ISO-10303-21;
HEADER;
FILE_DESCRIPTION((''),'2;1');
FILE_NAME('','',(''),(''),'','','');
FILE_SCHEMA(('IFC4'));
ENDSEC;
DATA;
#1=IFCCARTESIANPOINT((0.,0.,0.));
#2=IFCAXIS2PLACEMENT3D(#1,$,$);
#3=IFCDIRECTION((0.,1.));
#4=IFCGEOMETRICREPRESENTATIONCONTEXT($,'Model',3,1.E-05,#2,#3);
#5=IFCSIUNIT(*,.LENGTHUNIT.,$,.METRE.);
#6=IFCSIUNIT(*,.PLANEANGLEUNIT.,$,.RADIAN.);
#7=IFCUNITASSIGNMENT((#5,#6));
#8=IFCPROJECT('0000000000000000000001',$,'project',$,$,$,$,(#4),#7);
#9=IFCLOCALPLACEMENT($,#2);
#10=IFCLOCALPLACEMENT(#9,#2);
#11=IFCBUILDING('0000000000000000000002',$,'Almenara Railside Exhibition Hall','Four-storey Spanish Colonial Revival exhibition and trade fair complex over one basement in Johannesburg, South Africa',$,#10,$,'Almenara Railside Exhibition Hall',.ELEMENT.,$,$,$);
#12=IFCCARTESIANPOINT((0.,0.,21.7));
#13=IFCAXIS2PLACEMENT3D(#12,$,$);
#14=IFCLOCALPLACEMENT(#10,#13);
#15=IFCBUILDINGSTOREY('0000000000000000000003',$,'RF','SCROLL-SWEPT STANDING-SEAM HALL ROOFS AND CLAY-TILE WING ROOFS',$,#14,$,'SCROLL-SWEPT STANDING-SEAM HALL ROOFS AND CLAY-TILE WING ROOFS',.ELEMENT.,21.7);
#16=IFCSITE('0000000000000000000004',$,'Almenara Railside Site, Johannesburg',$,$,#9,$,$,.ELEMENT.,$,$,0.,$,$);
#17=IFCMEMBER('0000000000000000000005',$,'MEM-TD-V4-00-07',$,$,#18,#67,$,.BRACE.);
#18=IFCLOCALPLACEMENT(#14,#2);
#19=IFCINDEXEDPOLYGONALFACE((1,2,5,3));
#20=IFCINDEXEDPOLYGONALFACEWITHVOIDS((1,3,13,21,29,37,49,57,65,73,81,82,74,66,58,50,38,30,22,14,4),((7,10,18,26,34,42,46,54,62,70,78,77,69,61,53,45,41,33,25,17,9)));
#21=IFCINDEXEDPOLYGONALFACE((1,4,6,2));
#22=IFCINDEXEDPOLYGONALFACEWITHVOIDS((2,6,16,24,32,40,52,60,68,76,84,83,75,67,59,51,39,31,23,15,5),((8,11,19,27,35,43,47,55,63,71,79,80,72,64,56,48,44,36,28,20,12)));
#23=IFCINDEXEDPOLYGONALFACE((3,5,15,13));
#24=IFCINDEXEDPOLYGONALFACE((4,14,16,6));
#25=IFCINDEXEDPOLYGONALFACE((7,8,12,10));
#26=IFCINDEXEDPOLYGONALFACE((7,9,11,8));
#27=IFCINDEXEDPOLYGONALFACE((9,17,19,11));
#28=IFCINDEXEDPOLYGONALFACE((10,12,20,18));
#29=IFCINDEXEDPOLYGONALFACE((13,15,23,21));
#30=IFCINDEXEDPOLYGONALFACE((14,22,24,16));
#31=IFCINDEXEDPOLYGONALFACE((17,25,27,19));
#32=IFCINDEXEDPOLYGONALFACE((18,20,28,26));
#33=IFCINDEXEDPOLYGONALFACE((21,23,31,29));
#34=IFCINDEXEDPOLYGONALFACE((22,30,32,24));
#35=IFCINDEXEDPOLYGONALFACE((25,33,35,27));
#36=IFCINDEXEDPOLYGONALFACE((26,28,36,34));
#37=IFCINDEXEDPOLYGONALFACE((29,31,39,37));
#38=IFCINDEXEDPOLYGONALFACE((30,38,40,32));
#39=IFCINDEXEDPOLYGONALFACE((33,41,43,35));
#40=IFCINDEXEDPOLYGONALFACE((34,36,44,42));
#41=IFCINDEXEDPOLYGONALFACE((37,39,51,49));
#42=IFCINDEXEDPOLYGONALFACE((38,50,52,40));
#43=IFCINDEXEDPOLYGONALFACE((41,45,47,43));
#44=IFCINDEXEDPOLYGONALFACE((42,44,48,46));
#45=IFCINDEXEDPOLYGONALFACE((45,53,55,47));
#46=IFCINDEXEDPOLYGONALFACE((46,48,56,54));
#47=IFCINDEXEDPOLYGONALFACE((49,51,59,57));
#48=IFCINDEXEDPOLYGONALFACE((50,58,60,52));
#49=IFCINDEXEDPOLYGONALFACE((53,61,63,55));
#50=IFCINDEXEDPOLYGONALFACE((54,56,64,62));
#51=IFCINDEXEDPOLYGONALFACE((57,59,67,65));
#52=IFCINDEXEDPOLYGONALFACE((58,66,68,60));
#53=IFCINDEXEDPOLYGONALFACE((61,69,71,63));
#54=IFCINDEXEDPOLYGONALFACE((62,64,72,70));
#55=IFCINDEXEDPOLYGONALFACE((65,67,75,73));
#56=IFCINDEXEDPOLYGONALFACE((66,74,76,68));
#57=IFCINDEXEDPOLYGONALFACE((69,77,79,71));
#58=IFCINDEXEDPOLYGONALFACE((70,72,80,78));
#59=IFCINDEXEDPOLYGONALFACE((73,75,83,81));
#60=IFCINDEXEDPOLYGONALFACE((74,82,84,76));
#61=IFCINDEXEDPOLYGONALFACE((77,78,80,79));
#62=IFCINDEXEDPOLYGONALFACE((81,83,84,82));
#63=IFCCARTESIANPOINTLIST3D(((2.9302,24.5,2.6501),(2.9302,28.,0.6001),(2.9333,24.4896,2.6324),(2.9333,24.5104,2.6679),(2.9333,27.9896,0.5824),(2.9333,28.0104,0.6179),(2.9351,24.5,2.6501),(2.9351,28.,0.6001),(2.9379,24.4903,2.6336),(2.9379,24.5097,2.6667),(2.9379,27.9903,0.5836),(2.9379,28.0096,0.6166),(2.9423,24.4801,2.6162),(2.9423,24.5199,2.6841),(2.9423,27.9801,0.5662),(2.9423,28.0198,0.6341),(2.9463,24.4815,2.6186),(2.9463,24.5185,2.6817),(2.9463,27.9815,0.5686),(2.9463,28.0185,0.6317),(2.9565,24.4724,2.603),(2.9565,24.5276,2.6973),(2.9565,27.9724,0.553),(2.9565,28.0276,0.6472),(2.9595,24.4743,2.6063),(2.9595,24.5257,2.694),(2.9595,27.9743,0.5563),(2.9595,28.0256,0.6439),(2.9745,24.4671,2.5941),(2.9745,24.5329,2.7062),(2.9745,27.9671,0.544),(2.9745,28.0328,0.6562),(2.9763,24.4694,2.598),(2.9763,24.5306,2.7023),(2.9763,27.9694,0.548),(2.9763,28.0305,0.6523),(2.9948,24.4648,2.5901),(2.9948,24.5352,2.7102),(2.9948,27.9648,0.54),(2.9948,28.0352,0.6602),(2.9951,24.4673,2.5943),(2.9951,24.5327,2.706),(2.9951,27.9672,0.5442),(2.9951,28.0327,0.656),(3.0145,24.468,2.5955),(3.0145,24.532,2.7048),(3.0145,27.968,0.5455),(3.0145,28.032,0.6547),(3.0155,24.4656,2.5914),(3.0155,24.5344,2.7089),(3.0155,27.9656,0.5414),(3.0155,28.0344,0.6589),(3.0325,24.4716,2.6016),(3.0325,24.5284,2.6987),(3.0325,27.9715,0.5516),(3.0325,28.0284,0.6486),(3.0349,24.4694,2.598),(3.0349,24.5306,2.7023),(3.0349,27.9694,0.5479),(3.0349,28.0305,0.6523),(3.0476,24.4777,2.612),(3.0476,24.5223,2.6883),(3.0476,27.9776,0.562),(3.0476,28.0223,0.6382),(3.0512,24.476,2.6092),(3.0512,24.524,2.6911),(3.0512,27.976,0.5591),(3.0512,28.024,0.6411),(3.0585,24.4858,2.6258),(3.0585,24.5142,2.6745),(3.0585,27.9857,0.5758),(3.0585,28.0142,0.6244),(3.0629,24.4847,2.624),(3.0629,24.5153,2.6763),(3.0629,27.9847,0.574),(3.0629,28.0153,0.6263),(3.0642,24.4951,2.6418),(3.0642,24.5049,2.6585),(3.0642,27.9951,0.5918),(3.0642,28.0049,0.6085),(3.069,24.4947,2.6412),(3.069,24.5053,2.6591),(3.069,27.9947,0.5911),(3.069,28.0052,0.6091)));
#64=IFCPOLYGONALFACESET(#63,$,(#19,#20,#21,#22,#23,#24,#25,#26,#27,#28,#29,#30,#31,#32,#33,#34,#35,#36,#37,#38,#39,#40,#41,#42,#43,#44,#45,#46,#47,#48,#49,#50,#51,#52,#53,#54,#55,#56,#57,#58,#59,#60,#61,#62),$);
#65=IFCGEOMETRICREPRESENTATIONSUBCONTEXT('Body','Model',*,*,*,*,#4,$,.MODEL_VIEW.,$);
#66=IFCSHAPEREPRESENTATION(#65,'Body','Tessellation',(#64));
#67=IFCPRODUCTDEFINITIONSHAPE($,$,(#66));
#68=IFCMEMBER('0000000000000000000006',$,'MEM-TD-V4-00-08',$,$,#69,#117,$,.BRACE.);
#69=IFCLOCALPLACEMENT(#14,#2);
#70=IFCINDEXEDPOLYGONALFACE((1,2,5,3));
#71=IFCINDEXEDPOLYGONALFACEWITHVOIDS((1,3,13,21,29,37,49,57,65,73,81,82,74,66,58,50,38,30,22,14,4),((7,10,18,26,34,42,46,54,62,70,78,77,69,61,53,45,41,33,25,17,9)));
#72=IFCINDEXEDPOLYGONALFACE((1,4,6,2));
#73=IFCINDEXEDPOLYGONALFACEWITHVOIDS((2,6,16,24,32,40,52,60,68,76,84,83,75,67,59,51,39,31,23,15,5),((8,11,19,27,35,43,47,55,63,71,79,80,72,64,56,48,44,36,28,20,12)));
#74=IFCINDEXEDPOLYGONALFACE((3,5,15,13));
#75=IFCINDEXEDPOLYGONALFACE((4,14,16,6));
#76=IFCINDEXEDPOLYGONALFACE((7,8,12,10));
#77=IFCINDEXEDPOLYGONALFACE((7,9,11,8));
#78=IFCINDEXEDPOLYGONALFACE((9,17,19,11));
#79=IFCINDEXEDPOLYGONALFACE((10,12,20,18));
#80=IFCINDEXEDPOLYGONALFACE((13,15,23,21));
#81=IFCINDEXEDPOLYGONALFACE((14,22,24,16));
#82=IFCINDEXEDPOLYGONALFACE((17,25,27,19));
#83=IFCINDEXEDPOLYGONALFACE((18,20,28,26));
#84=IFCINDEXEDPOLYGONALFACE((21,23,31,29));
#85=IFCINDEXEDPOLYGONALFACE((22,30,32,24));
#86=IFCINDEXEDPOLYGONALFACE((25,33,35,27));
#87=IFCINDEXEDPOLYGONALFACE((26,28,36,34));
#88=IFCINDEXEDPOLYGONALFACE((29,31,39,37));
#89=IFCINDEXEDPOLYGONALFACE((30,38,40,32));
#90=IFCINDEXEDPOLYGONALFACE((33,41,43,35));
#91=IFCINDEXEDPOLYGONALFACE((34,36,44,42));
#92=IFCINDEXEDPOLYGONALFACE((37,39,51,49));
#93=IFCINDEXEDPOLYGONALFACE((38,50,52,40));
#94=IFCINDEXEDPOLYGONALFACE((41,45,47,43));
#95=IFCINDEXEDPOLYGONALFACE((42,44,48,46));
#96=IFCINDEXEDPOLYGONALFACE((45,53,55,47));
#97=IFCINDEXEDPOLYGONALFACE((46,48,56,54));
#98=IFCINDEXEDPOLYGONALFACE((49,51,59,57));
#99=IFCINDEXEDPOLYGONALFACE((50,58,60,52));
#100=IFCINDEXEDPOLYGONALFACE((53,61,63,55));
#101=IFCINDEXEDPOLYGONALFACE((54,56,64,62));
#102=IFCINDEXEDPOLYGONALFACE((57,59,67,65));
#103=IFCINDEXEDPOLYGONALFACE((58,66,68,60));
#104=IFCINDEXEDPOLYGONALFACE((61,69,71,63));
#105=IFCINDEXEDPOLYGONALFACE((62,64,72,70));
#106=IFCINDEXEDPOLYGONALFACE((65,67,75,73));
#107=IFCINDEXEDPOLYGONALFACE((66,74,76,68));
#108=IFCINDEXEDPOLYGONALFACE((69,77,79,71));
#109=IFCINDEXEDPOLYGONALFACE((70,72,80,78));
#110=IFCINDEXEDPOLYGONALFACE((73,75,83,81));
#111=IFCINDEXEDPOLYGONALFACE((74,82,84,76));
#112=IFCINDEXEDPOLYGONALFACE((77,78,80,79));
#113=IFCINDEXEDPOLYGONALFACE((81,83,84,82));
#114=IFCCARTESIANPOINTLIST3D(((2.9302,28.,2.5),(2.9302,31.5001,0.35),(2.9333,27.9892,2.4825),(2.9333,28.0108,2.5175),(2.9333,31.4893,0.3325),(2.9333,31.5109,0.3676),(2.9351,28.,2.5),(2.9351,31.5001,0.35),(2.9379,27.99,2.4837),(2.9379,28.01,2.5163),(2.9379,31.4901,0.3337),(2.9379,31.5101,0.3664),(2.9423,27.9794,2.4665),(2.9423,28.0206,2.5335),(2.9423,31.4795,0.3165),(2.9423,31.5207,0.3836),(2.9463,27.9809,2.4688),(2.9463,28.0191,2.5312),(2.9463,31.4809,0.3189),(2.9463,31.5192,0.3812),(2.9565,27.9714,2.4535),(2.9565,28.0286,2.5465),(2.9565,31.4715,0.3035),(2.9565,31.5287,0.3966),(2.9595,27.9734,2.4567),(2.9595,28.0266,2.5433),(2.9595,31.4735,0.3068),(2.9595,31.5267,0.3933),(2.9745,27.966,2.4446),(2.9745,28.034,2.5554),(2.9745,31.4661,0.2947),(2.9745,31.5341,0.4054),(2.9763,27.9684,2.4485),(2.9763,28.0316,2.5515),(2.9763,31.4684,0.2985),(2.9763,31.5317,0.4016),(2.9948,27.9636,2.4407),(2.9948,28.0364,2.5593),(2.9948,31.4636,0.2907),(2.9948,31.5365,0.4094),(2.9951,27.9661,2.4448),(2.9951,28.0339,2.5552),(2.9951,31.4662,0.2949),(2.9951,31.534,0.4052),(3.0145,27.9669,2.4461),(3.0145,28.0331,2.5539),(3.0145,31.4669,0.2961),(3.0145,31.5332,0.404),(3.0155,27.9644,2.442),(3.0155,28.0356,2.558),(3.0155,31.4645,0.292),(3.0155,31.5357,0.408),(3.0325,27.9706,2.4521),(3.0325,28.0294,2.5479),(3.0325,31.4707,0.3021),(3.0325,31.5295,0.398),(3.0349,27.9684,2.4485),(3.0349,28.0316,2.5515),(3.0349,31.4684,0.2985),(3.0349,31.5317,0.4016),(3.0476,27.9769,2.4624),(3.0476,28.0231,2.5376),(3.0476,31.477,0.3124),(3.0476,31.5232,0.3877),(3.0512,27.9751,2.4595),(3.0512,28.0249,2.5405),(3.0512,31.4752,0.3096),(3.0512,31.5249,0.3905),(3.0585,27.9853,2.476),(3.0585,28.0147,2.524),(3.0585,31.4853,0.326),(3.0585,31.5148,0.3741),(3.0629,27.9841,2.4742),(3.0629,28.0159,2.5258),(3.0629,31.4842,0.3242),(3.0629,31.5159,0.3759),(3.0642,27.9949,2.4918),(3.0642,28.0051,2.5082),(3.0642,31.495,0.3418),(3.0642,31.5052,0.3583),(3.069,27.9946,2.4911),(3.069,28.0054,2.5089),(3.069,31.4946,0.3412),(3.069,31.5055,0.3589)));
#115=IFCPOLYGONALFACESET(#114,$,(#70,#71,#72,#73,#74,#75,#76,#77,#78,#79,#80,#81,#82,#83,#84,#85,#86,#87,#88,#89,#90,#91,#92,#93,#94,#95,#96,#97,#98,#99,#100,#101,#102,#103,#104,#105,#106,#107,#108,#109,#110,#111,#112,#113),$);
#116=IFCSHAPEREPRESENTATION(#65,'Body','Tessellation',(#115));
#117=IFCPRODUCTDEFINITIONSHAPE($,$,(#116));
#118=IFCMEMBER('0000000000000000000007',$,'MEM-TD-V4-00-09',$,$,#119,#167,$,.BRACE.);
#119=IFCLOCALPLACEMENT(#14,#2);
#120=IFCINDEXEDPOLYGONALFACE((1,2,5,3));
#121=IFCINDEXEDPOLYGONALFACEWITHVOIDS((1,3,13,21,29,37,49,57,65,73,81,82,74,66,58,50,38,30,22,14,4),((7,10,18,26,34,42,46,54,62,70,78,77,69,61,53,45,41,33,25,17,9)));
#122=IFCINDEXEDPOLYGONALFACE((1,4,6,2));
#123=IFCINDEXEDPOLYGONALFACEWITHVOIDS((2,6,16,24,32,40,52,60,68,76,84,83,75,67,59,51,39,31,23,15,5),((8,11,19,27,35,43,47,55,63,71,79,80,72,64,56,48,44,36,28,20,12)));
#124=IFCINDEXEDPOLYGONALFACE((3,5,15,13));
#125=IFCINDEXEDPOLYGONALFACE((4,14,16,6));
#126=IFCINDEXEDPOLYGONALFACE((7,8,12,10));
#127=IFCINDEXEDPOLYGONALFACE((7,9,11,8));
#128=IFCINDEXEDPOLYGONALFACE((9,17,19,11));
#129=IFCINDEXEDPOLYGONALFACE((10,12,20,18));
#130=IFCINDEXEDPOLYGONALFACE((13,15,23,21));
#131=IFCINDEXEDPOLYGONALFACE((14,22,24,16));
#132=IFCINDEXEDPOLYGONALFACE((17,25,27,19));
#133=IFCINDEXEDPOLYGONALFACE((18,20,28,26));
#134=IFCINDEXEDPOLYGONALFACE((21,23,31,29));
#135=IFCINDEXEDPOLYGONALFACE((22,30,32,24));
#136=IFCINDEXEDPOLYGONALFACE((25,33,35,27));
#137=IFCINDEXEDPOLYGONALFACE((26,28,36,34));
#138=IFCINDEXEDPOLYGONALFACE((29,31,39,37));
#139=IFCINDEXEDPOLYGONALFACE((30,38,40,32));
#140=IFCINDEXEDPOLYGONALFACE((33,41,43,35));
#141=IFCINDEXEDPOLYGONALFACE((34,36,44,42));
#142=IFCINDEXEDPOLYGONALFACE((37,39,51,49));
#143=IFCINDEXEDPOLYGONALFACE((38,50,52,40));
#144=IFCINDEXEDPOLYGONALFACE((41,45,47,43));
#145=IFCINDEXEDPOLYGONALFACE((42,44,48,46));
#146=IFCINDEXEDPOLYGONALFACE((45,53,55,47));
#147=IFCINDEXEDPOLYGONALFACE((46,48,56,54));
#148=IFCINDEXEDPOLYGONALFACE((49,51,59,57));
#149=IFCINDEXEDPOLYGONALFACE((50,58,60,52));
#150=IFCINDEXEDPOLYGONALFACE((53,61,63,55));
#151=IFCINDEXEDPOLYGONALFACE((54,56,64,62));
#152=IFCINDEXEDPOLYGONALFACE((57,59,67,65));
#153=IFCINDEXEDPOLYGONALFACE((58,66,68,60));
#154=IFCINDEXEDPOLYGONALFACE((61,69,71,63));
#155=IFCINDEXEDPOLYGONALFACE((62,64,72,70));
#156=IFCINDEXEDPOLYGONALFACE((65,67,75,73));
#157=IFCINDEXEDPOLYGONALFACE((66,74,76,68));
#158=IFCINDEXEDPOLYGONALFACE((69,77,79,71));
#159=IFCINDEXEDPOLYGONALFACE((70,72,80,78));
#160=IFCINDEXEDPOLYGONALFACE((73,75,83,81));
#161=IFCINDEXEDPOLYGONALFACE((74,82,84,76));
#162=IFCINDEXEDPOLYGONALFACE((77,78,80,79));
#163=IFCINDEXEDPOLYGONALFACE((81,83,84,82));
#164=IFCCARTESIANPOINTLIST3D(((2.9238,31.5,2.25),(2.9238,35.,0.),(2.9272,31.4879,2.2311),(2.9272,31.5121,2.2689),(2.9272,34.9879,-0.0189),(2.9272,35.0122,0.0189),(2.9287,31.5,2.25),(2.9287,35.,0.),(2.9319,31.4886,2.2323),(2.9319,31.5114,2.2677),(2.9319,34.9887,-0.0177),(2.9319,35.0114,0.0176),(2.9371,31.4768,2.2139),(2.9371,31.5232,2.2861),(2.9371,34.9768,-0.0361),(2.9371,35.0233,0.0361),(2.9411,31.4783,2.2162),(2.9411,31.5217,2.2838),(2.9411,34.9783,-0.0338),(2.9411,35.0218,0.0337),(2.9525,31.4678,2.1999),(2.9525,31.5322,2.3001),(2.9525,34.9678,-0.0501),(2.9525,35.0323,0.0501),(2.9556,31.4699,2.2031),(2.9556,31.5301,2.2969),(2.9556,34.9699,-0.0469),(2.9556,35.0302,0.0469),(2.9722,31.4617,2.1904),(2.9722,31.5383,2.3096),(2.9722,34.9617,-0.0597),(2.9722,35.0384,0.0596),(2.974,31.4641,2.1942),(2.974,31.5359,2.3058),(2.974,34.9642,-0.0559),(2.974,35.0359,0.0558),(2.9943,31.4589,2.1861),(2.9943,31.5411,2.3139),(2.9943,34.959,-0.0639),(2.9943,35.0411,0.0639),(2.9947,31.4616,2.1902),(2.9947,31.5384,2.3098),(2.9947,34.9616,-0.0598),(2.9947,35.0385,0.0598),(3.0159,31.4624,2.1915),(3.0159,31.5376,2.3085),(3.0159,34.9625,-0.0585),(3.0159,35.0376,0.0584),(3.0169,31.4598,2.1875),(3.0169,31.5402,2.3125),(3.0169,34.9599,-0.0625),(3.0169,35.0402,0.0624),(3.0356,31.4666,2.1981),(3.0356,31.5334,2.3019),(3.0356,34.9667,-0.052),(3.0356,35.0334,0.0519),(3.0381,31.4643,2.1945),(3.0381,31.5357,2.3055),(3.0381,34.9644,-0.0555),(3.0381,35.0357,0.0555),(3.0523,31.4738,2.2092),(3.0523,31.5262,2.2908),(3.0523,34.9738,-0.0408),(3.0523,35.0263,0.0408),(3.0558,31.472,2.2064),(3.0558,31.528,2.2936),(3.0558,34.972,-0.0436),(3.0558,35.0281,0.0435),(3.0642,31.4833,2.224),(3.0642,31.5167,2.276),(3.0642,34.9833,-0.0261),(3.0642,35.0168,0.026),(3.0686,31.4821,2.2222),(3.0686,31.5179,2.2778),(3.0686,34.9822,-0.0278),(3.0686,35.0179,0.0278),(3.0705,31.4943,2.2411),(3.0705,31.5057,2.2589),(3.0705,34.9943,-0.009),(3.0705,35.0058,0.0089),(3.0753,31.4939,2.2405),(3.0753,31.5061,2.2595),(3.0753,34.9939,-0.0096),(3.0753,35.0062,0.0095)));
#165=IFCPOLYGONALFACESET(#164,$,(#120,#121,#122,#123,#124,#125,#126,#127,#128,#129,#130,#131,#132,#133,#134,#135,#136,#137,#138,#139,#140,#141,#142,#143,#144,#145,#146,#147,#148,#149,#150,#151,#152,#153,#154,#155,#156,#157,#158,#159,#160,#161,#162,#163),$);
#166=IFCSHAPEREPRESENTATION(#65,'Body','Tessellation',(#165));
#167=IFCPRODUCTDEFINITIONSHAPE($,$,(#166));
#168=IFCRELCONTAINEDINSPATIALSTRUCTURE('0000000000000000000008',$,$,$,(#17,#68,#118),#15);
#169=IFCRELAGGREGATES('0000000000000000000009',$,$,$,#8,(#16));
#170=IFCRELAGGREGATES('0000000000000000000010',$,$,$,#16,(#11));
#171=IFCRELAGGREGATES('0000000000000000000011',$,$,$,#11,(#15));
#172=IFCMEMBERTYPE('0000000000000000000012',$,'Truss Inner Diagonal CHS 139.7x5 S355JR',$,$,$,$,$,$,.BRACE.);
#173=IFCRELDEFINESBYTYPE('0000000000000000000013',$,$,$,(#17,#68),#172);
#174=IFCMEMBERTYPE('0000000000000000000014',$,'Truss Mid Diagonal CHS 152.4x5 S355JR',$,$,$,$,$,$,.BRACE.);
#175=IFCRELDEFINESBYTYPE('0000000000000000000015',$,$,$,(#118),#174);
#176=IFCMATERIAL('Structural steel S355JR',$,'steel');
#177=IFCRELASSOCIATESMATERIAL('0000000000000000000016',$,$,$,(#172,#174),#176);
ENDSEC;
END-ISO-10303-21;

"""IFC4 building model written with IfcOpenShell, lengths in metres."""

from ifc_helpers import new_model, si_unit, direction, frame, origin, origin_2d, place, context, subcontext, project, spatial, hollow_circle, extrude, material, material_profile, profile_set, type_object, element, save


model = new_model("IFC4")

# Units and contexts
model_context = context("Model", 3, precision=1e-05, world=origin(), true_north=direction((0.0, 1.0)))
body_context = subcontext(model_context, "Body", "Model", "MODEL_VIEW")
ifc_project = project(units=[si_unit("LENGTHUNIT", "METRE"), si_unit("PLANEANGLEUNIT", "RADIAN")], contexts=[model_context])

# Site, building, storey
site_placement = place(None, origin())
site = spatial("IfcSite", under=ifc_project, at=site_placement, Name="Almenara Railside Site, Johannesburg", CompositionType="ELEMENT", RefElevation=0.0)
building_placement = place(site_placement, origin())
building = spatial("IfcBuilding", under=site, at=building_placement, Name="Almenara Railside Exhibition Hall", Description="Four-storey Spanish Colonial Revival exhibition and trade fair complex over one basement in Johannesburg, South Africa", LongName="Almenara Railside Exhibition Hall", CompositionType="ELEMENT")
storey_placement = place(building_placement, frame((0.0, 0.0, 21.7)))
storey = spatial("IfcBuildingStorey", under=building, at=storey_placement, Name="RF", Description="SCROLL-SWEPT STANDING-SEAM HALL ROOFS AND CLAY-TILE WING ROOFS", LongName="SCROLL-SWEPT STANDING-SEAM HALL ROOFS AND CLAY-TILE WING ROOFS", CompositionType="ELEMENT", Elevation=21.7)

# Members
ifc_material_1 = material(Name="Structural steel S355JR", Category="steel")
ifc_material_profile_1 = material_profile(ifc_material_1, hollow_circle(Radius=0.0698, WallThickness=0.0049, at=origin_2d()), Name="CHS 139.7x5")
ifc_profile_set_1 = profile_set([ifc_material_profile_1], Name="Structural steel S355JR")
member_type_1 = type_object("IfcMemberType", Name="Truss Inner Diagonal CHS 139.7x5 S355JR", PredefinedType="BRACE", material=ifc_profile_set_1)
member_1_placement = place(storey_placement, frame((3.0, 24.5, 2.6501), z_axis=(0.0, 0.862878, -0.505412), x_axis=(-1.0, 0.0, 0.0)))
element("IfcMember", 1, at=member_1_placement, inside=storey, type_object=member_type_1, Name="MEM-TD-V4-00-07", PredefinedType="BRACE", context=body_context, shape_type="SweptSolid", body=[
    extrude(hollow_circle(Radius=0.0698, WallThickness=0.0049, at=origin_2d()), origin(), (0.0, 0.0, 1.0), 4.0562),
])
member_2_placement = place(storey_placement, frame((3.0, 28.0, 2.5), z_axis=(0.0, 0.852087, -0.523401), x_axis=(-1.0, 0.0, 0.0)))
element("IfcMember", 2, at=member_2_placement, inside=storey, type_object=member_type_1, Name="MEM-TD-V4-00-08", PredefinedType="BRACE", context=body_context, shape_type="SweptSolid", body=[
    extrude(hollow_circle(Radius=0.0698, WallThickness=0.0049, at=origin_2d()), origin(), (0.0, 0.0, 1.0), 4.1077),
])
ifc_material_profile_2 = material_profile(ifc_material_1, hollow_circle(Radius=0.0762, WallThickness=0.0049, at=origin_2d()), Name="CHS 152.4x5")
ifc_profile_set_2 = profile_set([ifc_material_profile_2], Name="Structural steel S355JR")
member_type_2 = type_object("IfcMemberType", Name="Truss Mid Diagonal CHS 152.4x5 S355JR", PredefinedType="BRACE", material=ifc_profile_set_2)
member_3_placement = place(storey_placement, frame((3.0, 31.5, 2.25), z_axis=(0.0, 0.841178, -0.540758), x_axis=(-1.0, 0.0, 0.0)))
element("IfcMember", 3, at=member_3_placement, inside=storey, type_object=member_type_2, Name="MEM-TD-V4-00-09", PredefinedType="BRACE", context=body_context, shape_type="SweptSolid", body=[
    extrude(hollow_circle(Radius=0.0762, WallThickness=0.0049, at=origin_2d()), origin(), (0.0, 0.0, 1.0), 4.1609),
])

save(model, "model.ifc")
